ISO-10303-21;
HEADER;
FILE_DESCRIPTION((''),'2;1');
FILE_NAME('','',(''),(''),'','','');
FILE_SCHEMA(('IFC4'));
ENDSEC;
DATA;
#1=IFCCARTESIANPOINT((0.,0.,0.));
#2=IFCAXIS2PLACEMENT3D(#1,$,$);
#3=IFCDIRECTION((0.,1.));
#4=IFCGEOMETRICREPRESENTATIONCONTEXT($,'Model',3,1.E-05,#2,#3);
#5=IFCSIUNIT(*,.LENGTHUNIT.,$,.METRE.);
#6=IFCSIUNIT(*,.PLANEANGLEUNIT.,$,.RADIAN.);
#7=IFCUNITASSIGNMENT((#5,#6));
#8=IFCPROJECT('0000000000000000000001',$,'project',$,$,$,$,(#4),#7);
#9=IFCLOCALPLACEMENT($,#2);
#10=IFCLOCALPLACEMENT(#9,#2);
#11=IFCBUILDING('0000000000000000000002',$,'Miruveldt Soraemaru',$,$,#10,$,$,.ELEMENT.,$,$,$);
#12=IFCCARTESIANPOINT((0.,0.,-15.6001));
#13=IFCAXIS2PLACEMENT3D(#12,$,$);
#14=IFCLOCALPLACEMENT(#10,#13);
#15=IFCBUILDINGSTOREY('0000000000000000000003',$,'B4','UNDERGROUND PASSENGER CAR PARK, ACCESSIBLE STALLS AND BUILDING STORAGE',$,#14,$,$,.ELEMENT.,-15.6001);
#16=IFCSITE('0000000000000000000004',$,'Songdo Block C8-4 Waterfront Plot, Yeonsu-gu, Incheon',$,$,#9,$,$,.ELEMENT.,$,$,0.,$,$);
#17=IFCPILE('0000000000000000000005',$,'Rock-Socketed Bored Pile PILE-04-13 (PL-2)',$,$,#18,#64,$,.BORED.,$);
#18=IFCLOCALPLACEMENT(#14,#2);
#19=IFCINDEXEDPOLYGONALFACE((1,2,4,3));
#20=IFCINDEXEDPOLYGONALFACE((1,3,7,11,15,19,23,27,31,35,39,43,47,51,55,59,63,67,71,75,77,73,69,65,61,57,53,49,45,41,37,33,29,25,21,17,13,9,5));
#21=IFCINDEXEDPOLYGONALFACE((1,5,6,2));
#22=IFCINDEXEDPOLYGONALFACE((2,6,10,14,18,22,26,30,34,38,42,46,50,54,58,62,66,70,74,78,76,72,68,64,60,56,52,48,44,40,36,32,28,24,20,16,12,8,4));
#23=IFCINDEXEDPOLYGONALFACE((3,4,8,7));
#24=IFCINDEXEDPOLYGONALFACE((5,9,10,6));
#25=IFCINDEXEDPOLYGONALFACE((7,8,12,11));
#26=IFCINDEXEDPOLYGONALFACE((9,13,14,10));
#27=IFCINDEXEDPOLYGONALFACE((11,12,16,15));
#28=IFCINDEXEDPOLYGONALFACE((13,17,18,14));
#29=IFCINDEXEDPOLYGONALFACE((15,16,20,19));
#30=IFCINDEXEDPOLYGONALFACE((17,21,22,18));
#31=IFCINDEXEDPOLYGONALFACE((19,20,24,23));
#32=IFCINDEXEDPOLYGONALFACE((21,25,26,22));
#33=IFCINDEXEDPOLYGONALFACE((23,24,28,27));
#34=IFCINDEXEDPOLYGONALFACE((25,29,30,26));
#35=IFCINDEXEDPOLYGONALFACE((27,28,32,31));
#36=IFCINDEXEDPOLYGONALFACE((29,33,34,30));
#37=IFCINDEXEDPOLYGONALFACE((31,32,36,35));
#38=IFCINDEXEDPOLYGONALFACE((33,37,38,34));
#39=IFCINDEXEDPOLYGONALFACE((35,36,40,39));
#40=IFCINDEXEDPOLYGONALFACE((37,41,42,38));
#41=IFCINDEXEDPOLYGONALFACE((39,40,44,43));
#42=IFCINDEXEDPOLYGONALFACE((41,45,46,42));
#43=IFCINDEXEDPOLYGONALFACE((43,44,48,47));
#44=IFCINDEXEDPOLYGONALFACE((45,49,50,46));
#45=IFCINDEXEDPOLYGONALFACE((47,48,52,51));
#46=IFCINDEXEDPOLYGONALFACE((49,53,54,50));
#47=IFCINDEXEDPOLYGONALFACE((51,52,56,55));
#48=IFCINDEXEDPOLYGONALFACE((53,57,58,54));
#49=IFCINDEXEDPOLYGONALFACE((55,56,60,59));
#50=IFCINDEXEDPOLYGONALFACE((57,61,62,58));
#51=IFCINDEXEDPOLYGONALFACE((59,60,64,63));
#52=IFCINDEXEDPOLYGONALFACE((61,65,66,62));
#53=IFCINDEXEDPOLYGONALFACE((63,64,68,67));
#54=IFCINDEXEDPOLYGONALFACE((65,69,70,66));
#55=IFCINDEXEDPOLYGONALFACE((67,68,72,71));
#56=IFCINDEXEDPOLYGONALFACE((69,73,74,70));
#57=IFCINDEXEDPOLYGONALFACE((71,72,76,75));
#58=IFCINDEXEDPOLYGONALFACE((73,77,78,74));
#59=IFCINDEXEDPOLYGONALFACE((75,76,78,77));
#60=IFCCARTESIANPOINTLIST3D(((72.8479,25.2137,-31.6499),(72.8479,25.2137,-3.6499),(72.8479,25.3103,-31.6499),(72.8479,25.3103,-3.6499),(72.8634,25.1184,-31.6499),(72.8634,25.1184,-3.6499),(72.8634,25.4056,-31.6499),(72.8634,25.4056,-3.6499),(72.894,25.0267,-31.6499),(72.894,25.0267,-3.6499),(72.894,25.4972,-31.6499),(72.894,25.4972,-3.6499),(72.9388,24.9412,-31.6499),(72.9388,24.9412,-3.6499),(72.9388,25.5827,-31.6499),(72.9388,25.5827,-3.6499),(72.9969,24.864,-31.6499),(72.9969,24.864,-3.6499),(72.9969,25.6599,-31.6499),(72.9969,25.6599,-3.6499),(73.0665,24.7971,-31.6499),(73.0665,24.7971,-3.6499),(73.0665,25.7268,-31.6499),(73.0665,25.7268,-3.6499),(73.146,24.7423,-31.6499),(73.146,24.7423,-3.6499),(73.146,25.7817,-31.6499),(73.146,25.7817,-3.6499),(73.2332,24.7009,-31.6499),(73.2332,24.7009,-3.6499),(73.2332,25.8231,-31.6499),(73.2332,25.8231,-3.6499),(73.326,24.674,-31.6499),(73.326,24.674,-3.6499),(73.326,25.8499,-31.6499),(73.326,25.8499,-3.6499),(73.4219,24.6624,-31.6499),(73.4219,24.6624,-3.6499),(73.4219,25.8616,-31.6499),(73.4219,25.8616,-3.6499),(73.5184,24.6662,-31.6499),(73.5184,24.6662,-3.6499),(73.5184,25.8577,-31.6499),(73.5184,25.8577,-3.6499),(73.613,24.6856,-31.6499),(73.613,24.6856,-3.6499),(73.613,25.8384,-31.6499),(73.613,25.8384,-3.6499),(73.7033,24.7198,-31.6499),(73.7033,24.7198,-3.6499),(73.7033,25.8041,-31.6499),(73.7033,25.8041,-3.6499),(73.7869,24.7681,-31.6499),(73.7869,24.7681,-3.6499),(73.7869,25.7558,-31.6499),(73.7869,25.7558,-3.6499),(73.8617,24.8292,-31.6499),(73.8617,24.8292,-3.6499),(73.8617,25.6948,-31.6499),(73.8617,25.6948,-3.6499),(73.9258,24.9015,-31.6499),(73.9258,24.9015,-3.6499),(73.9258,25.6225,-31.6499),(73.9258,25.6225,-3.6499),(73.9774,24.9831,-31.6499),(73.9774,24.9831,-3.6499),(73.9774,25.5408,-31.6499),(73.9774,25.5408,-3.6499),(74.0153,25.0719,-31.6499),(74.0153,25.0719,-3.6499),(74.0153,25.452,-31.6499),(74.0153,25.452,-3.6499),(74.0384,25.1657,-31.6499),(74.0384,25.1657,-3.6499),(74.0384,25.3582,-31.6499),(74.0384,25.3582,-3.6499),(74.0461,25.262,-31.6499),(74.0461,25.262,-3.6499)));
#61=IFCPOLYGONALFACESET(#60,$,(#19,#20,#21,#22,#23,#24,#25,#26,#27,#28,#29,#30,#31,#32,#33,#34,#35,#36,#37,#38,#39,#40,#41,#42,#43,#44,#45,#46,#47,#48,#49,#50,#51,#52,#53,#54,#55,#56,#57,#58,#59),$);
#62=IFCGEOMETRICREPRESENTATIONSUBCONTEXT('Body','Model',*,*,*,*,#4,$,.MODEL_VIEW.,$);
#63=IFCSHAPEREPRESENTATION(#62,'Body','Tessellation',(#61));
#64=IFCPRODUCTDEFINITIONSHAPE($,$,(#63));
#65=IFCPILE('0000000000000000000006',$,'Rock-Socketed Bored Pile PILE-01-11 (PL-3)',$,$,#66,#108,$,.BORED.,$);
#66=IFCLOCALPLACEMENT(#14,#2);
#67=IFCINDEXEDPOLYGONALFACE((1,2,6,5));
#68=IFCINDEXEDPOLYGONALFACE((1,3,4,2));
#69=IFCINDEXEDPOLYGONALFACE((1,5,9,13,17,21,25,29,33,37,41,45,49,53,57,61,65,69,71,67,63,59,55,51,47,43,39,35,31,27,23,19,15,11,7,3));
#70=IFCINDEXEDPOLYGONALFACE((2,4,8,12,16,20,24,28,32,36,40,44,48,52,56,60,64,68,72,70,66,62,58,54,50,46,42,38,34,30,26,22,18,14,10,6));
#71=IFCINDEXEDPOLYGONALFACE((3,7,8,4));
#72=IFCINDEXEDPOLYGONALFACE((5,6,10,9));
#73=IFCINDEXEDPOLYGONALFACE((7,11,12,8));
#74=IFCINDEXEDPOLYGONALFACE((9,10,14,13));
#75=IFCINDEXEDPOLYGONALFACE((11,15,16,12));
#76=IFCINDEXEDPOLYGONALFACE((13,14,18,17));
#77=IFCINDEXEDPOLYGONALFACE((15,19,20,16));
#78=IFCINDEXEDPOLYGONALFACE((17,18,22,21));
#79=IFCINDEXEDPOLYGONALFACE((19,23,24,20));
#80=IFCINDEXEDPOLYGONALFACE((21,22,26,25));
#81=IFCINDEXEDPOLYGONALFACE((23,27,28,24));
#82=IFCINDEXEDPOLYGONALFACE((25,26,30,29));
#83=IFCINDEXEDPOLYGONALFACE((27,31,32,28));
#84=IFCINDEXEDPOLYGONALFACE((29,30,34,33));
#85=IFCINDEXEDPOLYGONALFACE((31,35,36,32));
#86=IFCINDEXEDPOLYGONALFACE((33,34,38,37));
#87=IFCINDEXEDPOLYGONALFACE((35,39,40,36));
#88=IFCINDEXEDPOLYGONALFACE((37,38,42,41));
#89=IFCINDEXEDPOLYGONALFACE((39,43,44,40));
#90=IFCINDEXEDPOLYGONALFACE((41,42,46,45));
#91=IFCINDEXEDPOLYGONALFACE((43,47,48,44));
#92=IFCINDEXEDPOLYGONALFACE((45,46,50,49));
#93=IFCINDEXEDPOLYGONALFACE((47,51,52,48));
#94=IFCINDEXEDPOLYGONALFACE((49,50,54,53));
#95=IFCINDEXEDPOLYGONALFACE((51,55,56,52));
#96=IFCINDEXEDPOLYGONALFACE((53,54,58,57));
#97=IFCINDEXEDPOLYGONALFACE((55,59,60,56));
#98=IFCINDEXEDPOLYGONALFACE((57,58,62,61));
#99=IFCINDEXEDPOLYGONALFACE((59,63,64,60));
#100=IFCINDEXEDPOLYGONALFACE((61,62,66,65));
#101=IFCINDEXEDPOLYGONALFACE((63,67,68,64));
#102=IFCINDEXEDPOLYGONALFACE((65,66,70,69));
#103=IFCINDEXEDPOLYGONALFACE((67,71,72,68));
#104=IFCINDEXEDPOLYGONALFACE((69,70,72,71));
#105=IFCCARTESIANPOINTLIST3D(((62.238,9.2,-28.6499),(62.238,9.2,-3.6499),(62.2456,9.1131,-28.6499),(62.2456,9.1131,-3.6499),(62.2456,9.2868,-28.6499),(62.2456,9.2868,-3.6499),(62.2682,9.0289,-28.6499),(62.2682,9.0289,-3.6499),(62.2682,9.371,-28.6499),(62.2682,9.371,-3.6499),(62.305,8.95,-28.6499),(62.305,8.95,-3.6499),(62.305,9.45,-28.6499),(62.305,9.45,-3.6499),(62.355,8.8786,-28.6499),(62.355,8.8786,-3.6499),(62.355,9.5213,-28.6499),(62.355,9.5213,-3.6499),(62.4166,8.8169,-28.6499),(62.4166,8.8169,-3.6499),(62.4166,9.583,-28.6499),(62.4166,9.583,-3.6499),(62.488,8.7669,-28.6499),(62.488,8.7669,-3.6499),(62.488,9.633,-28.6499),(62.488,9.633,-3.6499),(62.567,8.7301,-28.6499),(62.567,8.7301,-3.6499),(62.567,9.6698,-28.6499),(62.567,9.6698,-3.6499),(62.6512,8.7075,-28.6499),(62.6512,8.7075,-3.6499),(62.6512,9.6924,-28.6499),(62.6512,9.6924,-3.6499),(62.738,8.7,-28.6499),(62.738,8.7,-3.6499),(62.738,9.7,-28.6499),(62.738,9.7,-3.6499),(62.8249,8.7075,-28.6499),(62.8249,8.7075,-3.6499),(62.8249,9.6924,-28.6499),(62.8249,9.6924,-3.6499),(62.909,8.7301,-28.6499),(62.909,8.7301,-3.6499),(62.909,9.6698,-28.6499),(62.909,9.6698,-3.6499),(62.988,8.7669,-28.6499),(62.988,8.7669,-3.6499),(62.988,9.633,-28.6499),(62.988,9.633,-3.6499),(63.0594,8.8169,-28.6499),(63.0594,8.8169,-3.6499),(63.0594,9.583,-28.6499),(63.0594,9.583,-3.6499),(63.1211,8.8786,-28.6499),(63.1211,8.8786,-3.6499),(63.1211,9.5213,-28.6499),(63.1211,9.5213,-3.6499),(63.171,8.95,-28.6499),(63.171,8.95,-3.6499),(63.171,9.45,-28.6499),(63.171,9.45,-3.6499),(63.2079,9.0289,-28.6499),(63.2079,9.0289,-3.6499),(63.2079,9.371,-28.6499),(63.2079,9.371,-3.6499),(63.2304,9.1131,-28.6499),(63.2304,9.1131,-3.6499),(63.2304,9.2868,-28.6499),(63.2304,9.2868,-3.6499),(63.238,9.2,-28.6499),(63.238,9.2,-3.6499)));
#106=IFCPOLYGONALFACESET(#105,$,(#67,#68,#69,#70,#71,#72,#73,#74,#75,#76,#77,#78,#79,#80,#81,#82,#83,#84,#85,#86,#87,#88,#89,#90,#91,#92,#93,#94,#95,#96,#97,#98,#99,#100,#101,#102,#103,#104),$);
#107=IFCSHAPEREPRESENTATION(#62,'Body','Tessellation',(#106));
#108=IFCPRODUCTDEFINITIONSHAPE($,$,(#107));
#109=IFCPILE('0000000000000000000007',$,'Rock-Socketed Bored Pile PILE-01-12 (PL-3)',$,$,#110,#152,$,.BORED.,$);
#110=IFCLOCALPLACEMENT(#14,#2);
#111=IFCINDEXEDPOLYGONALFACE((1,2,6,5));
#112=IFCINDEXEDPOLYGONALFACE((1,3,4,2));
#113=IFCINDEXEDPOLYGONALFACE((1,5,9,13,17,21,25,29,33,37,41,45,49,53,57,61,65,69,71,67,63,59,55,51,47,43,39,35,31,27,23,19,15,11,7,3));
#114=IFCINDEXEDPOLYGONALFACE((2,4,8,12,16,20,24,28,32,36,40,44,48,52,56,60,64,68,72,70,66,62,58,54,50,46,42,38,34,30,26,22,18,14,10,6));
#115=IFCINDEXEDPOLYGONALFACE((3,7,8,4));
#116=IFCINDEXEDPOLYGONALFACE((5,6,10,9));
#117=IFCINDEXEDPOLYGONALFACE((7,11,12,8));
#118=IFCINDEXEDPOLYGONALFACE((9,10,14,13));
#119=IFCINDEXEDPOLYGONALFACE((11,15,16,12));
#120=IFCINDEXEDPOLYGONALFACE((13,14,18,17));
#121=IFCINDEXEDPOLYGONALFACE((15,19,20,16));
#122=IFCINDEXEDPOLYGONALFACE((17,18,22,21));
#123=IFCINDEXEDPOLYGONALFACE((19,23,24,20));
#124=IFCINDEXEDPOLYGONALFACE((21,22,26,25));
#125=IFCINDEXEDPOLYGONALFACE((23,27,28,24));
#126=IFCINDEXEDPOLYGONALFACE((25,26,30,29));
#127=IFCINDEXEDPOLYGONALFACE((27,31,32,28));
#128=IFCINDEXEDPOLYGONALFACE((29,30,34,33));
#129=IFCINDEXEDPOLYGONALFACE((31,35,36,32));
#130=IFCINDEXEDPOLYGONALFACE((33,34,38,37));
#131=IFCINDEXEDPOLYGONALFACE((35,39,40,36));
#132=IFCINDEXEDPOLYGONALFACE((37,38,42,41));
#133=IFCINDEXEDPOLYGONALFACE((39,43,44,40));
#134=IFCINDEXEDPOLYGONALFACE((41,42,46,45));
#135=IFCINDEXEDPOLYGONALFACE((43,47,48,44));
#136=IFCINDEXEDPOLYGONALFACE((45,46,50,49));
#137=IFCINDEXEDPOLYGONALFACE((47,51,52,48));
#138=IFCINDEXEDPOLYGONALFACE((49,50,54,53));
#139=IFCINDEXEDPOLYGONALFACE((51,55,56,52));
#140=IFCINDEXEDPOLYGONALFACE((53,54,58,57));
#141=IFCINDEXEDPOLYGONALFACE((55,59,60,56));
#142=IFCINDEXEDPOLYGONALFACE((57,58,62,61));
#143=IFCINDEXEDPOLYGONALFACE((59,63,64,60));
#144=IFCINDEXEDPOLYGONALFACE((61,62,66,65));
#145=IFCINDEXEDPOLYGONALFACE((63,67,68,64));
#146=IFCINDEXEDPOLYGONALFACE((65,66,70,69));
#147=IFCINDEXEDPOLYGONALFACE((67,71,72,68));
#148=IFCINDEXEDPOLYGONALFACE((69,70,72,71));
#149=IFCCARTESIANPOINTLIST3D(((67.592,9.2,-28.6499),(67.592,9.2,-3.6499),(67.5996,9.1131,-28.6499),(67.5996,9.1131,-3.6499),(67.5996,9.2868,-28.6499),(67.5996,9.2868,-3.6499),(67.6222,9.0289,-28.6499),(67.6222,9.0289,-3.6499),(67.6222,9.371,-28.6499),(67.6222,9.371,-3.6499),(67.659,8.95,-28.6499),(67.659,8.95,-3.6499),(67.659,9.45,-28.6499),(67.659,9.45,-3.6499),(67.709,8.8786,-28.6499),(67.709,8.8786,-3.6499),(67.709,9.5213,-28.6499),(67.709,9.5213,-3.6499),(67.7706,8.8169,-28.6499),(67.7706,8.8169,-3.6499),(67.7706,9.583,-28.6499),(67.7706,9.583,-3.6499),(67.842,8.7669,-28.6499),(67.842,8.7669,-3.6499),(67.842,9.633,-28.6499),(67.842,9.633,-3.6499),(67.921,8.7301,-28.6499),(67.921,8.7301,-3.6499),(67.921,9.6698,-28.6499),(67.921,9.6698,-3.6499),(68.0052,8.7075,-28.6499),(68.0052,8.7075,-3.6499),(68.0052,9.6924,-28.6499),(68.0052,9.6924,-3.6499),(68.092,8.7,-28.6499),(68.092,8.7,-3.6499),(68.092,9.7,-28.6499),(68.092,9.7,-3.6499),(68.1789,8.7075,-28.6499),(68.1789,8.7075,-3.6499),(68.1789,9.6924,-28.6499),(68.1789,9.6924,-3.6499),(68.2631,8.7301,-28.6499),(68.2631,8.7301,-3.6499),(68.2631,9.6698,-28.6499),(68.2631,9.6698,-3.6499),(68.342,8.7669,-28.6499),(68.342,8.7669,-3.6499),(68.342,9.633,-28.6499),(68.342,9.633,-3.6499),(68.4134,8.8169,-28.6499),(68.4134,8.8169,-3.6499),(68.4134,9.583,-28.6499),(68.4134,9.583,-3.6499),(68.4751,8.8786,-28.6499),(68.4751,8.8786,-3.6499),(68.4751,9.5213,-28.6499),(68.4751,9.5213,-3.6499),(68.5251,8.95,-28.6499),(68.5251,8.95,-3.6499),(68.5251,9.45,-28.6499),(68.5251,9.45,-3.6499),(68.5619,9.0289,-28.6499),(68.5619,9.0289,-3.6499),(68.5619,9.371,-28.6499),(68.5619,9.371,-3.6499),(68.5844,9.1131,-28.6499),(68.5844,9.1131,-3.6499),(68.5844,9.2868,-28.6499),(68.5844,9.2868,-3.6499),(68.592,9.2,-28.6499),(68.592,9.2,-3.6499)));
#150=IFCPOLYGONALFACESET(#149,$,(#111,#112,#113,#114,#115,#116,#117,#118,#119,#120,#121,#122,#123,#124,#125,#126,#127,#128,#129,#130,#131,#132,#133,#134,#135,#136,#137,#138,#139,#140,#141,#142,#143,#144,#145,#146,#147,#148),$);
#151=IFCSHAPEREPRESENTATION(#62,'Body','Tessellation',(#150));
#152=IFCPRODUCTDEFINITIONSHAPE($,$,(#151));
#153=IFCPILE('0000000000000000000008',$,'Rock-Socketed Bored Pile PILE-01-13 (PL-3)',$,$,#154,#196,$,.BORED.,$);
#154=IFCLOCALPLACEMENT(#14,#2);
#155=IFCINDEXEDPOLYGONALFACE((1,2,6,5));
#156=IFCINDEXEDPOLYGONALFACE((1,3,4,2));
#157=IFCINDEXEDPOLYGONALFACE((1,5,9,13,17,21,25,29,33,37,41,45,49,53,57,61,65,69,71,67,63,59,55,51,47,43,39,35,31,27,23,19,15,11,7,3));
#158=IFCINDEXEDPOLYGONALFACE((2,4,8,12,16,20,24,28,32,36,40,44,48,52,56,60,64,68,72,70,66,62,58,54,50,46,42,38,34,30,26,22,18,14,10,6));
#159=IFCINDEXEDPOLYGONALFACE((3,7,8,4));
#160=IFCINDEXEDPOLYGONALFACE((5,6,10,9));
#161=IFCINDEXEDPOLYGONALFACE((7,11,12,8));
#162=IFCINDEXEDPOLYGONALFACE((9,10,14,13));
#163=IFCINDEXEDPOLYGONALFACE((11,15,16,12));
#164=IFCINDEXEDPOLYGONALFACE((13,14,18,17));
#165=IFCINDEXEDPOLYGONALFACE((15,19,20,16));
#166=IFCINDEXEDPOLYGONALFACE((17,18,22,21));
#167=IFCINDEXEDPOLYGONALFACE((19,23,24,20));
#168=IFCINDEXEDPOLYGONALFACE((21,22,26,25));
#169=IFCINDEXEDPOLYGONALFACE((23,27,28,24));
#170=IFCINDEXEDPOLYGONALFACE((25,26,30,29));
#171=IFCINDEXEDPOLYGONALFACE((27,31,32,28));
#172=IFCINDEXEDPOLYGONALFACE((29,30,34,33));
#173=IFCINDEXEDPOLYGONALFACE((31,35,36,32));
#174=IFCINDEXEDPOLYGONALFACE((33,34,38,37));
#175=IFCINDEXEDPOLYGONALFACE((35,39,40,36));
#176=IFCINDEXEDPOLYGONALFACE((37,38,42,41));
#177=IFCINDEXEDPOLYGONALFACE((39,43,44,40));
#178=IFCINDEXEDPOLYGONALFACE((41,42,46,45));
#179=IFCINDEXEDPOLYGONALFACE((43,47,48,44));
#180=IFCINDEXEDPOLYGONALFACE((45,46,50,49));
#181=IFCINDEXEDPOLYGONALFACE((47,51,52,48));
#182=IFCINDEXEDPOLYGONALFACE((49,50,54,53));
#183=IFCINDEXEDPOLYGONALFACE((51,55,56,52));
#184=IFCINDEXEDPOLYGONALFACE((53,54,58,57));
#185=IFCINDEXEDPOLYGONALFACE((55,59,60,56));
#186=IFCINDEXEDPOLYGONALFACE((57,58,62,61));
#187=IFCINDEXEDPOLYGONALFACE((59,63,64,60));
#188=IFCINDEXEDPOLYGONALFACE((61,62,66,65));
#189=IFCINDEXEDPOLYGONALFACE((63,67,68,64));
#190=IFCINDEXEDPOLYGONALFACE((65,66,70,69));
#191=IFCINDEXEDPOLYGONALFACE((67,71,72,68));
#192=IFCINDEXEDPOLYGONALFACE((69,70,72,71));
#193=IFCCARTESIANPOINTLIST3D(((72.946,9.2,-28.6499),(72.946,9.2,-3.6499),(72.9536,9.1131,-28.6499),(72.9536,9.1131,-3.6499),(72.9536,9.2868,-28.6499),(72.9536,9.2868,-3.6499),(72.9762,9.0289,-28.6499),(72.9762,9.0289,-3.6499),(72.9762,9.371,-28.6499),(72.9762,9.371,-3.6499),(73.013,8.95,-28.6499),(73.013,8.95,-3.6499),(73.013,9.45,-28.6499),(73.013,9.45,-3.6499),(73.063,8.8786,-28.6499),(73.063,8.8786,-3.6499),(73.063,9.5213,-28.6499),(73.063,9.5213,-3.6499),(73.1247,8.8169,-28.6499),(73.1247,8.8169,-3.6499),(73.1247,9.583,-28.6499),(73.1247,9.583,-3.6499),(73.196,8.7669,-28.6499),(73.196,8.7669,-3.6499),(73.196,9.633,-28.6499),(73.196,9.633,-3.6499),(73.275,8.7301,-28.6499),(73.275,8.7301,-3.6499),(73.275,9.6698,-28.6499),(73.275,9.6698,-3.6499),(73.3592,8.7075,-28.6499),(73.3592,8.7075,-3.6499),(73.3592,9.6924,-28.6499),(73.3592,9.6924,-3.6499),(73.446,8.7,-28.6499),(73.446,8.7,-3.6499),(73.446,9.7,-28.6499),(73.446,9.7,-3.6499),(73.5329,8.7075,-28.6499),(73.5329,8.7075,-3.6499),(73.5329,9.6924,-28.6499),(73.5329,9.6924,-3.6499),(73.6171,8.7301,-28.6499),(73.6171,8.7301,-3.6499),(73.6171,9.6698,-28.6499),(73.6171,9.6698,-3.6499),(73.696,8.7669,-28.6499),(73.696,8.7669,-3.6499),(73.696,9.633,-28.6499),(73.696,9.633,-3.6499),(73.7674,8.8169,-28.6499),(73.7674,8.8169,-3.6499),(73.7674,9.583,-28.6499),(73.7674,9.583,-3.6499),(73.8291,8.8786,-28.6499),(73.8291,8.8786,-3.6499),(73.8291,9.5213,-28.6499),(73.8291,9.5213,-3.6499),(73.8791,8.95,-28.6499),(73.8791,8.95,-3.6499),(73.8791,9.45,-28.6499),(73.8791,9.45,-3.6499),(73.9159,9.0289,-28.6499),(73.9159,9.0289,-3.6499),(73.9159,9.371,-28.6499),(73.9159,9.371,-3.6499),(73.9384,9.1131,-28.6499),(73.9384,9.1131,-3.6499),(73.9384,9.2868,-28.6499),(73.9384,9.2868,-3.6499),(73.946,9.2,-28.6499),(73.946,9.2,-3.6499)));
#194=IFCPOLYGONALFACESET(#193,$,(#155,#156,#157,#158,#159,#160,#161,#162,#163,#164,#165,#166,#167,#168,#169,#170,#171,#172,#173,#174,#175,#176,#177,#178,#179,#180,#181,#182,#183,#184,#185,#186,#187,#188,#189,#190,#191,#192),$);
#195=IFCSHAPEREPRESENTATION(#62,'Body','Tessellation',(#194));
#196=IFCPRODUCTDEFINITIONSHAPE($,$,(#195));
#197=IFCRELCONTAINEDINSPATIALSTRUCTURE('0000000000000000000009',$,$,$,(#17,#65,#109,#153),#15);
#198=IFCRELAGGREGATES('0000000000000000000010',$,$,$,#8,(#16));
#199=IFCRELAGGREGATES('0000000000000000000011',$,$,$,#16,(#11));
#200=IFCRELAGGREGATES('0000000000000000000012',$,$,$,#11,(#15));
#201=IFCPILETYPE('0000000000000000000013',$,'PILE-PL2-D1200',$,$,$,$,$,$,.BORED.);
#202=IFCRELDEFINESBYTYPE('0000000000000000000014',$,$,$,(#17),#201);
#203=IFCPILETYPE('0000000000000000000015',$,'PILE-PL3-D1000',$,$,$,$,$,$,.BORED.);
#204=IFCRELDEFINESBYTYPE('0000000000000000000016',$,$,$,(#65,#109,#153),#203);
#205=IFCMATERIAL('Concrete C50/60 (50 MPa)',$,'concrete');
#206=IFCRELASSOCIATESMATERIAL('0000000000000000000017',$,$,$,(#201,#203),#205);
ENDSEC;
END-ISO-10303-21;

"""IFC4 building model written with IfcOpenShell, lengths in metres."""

from ifc_helpers import new_model, si_unit, direction, frame, origin, origin_2d, place, context, subcontext, project, spatial, circle, extrude, material, material_profile, profile_set, type_object, element, save


model = new_model("IFC4")

# Units and contexts
model_context = context("Model", 3, precision=1e-05, world=origin(), true_north=direction((0.0, 1.0)))
body_context = subcontext(model_context, "Body", "Model", "MODEL_VIEW")
ifc_project = project(units=[si_unit("LENGTHUNIT", "METRE"), si_unit("PLANEANGLEUNIT", "RADIAN")], contexts=[model_context])

# Site, building, storey
site_placement = place(None, origin())
site = spatial("IfcSite", under=ifc_project, at=site_placement, Name="Songdo Block C8-4 Waterfront Plot, Yeonsu-gu, Incheon", CompositionType="ELEMENT", RefElevation=0.0)
building_placement = place(site_placement, origin())
building = spatial("IfcBuilding", under=site, at=building_placement, Name="Miruveldt Soraemaru", CompositionType="ELEMENT")
storey_placement = place(building_placement, frame((0.0, 0.0, -15.6001)))
storey = spatial("IfcBuildingStorey", under=building, at=storey_placement, Name="B4", Description="UNDERGROUND PASSENGER CAR PARK, ACCESSIBLE STALLS AND BUILDING STORAGE", CompositionType="ELEMENT", Elevation=-15.6001)

# Shared definitions
ifc_material_1 = material(Name="Concrete C50/60 (50 MPa)", Category="concrete")

# Piles
ifc_material_profile_1 = material_profile(ifc_material_1, circle(Radius=0.6001, at=origin_2d()), Name="Concrete C50/60 (50 MPa)", Category="concrete")
ifc_profile_set_1 = profile_set([ifc_material_profile_1], Name="Concrete C50/60 (50 MPa)")
pile_type_1 = type_object("IfcPileType", Name="PILE-PL2-D1200", PredefinedType="BORED", material=ifc_profile_set_1)
for number, where, z_axis, x_axis, name in (
    (1, (73.446, 25.262, -3.6499), (0.0, 0.0, -1.0), (1.0, 0.0, 0.0), "Rock-Socketed Bored Pile PILE-04-13 (PL-2)"),
):
    element("IfcPile", number, at=place(storey_placement, frame(where, z_axis=z_axis, x_axis=x_axis)), inside=storey, type_object=pile_type_1, Name=name, PredefinedType="BORED", context=body_context, shape_type="SweptSolid", body=[
        extrude(circle(Radius=0.6001, at=origin_2d()), origin(), (0.0, 0.0, 1.0), 28.0),
    ])
ifc_material_profile_2 = material_profile(ifc_material_1, circle(Radius=0.5, at=origin_2d()), Name="Concrete C50/60 (50 MPa)", Category="concrete")
ifc_profile_set_2 = profile_set([ifc_material_profile_2], Name="Concrete C50/60 (50 MPa)")
pile_type_2 = type_object("IfcPileType", Name="PILE-PL3-D1000", PredefinedType="BORED", material=ifc_profile_set_2)
for number, where, z_axis, x_axis, name in (
    (2, (62.738, 9.2, -3.6499), (0.0, 0.0, -1.0), (1.0, 0.0, 0.0), "Rock-Socketed Bored Pile PILE-01-11 (PL-3)"),
    (3, (68.092, 9.2, -3.6499), (0.0, 0.0, -1.0), (1.0, 0.0, 0.0), "Rock-Socketed Bored Pile PILE-01-12 (PL-3)"),
    (4, (73.446, 9.2, -3.6499), (0.0, 0.0, -1.0), (1.0, 0.0, 0.0), "Rock-Socketed Bored Pile PILE-01-13 (PL-3)"),
):
    element("IfcPile", number, at=place(storey_placement, frame(where, z_axis=z_axis, x_axis=x_axis)), inside=storey, type_object=pile_type_2, Name=name, PredefinedType="BORED", context=body_context, shape_type="SweptSolid", body=[
        extrude(circle(Radius=0.5, at=origin_2d()), origin(), (0.0, 0.0, 1.0), 25.0),
    ])

save(model, "model.ifc")
